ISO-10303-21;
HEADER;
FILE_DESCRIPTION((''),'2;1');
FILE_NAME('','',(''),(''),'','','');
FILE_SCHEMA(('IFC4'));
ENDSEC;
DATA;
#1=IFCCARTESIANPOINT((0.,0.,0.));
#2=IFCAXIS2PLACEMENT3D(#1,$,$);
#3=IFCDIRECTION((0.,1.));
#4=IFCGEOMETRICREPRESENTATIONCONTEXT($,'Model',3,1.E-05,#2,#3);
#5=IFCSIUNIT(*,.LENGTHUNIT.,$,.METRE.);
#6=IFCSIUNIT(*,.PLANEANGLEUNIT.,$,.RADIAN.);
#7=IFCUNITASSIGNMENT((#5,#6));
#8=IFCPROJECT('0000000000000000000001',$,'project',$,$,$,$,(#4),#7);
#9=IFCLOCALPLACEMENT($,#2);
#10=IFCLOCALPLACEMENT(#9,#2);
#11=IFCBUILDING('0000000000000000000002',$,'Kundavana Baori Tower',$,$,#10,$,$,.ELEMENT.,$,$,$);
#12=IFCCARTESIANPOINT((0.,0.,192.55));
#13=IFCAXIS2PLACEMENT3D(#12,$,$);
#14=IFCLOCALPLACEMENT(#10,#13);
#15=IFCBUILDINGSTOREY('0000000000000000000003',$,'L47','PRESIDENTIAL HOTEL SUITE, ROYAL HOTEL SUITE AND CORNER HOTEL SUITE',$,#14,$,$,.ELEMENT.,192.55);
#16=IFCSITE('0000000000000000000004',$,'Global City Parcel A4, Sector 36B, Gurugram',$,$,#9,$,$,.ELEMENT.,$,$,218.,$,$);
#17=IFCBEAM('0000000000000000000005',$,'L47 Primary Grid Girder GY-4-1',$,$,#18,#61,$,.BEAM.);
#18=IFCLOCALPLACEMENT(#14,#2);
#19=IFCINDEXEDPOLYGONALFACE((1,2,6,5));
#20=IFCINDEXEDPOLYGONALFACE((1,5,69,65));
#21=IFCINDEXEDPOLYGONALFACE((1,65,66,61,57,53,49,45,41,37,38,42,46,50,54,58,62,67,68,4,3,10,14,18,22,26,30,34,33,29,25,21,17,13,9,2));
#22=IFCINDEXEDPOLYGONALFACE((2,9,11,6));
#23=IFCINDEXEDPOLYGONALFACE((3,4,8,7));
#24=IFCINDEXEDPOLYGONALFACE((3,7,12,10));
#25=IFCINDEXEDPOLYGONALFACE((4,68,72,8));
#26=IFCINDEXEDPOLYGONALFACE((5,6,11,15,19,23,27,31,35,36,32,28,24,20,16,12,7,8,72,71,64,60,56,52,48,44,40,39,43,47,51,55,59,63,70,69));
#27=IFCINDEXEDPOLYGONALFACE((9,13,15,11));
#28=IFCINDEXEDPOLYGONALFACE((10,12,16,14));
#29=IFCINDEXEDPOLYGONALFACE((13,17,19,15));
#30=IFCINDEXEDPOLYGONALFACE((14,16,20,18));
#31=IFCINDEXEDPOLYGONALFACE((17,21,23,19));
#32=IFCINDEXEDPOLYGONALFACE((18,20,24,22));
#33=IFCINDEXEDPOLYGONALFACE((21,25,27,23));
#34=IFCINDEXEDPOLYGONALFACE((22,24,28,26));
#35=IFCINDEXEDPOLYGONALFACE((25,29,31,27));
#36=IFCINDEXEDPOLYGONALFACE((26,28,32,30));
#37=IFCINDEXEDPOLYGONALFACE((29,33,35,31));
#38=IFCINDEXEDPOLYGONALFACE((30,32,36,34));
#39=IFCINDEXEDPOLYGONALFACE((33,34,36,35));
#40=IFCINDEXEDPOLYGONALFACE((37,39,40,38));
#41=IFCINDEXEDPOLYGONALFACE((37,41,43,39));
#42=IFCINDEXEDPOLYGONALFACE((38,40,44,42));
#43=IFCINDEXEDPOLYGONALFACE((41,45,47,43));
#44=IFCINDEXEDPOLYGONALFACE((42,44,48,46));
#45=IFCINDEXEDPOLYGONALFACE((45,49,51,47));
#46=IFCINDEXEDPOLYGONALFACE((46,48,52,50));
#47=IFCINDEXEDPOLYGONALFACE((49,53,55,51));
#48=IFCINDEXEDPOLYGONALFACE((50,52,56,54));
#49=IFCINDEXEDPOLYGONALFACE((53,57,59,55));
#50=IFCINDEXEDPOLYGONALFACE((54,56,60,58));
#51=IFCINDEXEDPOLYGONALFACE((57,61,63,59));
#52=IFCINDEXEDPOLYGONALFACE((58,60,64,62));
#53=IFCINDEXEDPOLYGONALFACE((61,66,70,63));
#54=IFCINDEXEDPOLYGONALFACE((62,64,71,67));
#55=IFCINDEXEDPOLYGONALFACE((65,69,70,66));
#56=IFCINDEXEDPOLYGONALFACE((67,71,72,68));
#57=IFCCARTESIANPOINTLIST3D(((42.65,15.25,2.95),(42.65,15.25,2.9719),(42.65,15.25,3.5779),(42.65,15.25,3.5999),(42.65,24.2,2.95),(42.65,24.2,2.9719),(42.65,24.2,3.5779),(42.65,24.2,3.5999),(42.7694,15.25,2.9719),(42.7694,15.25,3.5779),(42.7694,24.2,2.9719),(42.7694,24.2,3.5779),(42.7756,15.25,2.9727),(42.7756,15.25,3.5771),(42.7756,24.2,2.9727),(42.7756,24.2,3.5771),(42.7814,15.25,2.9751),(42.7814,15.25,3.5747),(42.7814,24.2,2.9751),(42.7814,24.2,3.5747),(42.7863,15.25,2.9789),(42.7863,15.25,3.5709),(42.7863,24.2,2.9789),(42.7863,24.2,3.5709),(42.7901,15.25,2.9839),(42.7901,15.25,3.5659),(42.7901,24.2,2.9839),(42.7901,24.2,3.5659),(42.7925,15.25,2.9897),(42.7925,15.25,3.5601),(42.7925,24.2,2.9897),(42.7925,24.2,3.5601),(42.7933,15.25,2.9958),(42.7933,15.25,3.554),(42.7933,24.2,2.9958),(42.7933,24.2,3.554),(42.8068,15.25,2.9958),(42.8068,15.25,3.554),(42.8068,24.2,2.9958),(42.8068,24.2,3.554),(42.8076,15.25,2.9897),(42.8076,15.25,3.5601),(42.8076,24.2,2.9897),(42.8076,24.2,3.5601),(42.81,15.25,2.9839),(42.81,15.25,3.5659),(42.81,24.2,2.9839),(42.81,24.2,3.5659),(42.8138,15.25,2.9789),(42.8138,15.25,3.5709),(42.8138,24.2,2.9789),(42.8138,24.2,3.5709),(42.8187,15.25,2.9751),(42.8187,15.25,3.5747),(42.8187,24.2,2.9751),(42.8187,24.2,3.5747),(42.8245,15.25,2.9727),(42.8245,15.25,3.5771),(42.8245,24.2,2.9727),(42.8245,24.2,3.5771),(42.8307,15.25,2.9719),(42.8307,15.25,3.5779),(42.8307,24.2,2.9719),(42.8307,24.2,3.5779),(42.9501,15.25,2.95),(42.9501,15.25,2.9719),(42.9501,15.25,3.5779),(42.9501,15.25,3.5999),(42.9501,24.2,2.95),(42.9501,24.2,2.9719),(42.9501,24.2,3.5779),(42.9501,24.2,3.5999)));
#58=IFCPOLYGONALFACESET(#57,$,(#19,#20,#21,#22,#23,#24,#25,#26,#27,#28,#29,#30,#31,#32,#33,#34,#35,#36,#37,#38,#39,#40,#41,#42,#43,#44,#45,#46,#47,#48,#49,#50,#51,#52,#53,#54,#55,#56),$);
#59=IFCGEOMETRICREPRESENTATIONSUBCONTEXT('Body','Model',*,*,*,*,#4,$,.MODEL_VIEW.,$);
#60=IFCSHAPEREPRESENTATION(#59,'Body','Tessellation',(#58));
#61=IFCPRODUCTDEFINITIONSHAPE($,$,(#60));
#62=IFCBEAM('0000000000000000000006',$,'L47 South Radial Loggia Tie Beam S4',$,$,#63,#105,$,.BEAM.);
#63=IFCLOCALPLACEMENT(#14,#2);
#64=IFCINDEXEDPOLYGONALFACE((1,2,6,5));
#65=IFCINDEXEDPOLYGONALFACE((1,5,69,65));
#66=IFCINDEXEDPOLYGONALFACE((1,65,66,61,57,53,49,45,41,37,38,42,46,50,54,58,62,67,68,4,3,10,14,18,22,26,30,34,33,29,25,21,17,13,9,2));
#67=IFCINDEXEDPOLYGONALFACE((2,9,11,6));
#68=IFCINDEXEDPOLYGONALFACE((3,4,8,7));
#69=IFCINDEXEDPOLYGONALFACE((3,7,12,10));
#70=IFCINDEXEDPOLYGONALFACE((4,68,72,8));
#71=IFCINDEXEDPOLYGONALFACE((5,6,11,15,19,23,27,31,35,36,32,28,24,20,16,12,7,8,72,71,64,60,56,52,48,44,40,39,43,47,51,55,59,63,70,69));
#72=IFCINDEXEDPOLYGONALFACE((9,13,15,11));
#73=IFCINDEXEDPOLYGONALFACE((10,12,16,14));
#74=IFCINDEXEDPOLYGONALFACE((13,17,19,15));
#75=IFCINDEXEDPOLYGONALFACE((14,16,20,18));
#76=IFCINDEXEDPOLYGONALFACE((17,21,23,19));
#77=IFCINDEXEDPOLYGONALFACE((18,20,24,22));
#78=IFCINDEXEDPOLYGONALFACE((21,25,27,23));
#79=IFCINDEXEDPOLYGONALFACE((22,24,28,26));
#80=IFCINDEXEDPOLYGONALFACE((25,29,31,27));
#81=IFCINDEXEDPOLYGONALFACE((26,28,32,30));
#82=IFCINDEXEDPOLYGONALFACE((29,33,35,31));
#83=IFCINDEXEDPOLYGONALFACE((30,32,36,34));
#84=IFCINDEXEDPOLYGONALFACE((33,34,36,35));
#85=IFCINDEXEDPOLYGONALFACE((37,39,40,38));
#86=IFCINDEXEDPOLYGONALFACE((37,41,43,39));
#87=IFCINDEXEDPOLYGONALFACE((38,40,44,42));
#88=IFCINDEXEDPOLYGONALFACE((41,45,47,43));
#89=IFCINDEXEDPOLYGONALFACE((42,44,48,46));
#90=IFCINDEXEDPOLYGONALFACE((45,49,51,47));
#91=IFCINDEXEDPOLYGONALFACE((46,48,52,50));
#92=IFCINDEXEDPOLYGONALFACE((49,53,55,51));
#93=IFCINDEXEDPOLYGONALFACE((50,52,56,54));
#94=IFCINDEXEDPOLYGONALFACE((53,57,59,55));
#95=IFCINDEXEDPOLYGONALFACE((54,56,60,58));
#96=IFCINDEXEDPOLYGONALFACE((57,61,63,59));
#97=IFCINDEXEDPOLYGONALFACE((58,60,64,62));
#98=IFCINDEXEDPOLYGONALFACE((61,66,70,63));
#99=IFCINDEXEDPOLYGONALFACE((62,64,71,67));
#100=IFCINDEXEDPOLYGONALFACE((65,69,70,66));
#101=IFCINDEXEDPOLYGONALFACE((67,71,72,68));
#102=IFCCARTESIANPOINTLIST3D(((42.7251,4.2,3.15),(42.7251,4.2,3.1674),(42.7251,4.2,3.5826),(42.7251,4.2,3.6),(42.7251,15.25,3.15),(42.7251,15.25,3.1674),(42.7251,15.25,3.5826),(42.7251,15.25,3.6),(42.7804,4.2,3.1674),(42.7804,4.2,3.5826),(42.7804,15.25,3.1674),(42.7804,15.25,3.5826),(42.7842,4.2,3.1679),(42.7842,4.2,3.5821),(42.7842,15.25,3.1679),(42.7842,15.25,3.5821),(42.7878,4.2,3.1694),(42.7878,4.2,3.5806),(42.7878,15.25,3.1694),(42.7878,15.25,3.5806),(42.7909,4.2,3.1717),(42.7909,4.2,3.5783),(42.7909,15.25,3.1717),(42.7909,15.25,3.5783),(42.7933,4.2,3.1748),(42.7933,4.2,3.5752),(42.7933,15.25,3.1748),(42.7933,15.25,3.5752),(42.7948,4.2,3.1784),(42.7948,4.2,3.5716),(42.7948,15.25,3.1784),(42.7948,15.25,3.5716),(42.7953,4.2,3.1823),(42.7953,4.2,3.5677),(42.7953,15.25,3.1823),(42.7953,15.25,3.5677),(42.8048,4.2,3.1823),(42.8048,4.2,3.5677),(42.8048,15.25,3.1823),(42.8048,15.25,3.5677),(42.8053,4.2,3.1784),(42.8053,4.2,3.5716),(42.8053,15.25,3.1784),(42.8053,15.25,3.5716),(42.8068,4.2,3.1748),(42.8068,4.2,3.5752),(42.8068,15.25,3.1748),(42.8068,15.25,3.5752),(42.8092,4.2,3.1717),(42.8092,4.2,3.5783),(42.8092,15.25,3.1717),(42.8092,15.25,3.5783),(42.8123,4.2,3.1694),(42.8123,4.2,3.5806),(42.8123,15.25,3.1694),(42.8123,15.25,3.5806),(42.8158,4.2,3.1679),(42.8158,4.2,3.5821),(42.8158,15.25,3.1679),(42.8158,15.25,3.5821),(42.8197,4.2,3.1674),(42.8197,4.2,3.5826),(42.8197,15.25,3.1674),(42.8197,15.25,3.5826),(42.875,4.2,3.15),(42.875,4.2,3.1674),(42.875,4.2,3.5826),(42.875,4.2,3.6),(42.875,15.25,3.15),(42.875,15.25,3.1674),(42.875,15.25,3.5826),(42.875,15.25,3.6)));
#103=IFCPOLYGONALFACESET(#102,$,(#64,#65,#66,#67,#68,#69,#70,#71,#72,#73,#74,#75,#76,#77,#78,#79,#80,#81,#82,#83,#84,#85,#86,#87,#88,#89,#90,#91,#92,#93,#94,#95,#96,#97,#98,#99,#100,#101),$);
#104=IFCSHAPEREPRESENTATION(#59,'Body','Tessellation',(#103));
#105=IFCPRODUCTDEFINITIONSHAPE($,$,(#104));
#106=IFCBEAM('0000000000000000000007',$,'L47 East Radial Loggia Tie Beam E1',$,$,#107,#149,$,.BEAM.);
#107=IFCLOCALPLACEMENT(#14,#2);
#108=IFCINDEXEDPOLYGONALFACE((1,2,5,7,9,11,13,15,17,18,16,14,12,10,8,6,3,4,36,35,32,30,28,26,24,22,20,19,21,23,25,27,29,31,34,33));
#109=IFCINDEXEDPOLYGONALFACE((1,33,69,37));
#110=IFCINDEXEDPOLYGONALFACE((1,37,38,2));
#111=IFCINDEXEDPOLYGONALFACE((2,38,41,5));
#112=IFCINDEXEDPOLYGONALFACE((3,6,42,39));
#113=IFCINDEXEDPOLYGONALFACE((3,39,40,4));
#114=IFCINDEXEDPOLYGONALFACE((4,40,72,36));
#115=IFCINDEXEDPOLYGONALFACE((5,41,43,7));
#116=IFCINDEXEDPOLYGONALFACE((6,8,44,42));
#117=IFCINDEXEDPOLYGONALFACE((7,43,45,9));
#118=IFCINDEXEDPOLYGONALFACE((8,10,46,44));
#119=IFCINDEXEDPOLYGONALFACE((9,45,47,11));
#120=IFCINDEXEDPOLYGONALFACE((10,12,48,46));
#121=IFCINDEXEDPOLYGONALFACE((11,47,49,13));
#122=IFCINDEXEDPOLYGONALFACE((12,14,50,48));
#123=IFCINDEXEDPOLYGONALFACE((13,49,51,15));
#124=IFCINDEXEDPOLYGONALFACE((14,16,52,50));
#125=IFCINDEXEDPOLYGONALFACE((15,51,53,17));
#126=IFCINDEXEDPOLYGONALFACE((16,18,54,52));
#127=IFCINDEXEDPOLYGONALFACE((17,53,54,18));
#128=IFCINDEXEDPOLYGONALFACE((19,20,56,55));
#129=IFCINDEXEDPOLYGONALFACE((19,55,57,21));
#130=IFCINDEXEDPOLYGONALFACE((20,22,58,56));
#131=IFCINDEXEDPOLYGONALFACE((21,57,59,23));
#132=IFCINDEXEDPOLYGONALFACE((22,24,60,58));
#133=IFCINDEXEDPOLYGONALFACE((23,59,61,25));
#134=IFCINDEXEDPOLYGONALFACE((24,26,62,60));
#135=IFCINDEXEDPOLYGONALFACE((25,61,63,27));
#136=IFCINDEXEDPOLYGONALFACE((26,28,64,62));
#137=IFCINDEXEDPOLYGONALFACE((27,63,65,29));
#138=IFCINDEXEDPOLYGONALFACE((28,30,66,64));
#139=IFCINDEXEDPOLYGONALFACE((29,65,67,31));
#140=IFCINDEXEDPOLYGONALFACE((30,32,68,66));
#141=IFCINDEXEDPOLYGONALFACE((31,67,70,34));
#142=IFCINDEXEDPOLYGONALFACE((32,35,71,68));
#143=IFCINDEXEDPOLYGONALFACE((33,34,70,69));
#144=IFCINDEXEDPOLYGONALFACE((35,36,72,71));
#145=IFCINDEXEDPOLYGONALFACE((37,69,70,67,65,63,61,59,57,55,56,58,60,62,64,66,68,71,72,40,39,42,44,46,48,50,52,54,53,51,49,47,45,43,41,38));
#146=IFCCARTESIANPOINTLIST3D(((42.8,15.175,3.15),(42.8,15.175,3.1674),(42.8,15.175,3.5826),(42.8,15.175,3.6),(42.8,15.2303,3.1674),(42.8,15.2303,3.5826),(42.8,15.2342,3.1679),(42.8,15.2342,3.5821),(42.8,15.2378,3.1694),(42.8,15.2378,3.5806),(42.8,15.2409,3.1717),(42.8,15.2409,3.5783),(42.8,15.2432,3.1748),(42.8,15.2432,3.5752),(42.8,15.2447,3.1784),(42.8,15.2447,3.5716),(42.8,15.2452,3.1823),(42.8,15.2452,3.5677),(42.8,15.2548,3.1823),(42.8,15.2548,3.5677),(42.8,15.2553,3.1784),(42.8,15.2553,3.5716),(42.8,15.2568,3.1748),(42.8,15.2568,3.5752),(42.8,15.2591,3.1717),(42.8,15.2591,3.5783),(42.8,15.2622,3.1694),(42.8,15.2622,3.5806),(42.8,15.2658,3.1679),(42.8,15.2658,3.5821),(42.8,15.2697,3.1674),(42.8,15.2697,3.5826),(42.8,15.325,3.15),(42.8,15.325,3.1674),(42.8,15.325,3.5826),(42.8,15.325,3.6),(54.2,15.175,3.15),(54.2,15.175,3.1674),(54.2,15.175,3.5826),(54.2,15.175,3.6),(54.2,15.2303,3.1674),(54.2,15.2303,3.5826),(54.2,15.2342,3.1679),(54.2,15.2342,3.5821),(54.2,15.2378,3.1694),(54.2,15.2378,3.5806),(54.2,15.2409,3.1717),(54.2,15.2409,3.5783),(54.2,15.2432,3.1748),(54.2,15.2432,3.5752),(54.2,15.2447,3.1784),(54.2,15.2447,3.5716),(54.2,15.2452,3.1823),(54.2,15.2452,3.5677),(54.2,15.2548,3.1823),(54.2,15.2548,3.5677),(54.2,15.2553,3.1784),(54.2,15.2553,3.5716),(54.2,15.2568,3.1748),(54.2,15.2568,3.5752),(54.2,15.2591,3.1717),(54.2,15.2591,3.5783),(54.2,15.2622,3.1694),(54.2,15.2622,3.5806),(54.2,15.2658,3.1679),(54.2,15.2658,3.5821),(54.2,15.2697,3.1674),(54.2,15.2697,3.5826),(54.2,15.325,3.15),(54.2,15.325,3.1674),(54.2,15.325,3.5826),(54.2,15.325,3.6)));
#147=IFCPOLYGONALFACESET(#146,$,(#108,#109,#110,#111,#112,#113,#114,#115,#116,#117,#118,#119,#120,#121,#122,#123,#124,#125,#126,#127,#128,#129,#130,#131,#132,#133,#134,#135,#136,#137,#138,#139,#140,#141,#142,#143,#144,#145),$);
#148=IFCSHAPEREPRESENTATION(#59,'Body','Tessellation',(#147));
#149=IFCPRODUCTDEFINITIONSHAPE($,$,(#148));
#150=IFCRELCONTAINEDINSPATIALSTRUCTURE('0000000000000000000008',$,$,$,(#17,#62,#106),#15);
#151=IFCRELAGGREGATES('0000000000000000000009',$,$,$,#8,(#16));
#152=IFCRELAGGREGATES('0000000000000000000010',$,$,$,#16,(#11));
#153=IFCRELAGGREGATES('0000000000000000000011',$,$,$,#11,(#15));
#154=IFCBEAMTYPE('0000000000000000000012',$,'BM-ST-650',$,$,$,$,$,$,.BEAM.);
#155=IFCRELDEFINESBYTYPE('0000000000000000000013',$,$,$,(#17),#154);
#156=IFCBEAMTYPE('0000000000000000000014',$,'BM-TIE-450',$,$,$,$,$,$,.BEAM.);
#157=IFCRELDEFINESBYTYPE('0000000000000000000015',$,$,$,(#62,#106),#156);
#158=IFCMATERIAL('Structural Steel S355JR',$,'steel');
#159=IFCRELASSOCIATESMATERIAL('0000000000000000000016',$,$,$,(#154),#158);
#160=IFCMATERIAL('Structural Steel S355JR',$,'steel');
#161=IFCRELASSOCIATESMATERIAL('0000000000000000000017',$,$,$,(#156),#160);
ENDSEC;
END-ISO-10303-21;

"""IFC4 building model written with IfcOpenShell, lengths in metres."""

from ifc_helpers import new_model, si_unit, direction, frame, origin, origin_2d, place, context, subcontext, project, spatial, i_section, extrude, material, material_profile, profile_set, type_object, element, save


model = new_model("IFC4")

# Units and contexts
model_context = context("Model", 3, precision=1e-05, world=origin(), true_north=direction((0.0, 1.0)))
body_context = subcontext(model_context, "Body", "Model", "MODEL_VIEW")
ifc_project = project(units=[si_unit("LENGTHUNIT", "METRE"), si_unit("PLANEANGLEUNIT", "RADIAN")], contexts=[model_context])

# Site, building, storey
site_placement = place(None, origin())
site = spatial("IfcSite", under=ifc_project, at=site_placement, Name="Global City Parcel A4, Sector 36B, Gurugram", CompositionType="ELEMENT", RefElevation=218.0)
building_placement = place(site_placement, origin())
building = spatial("IfcBuilding", under=site, at=building_placement, Name="Kundavana Baori Tower", CompositionType="ELEMENT")
storey_placement = place(building_placement, frame((0.0, 0.0, 192.55)))
storey = spatial("IfcBuildingStorey", under=building, at=storey_placement, Name="L47", Description="PRESIDENTIAL HOTEL SUITE, ROYAL HOTEL SUITE AND CORNER HOTEL SUITE", CompositionType="ELEMENT", Elevation=192.55)

# Beams
ifc_material_1 = material(Name="Structural Steel S355JR", Category="steel")
ifc_material_profile_1 = material_profile(ifc_material_1, i_section(OverallWidth=0.3, OverallDepth=0.6499, WebThickness=0.0134, FlangeThickness=0.022, FilletRadius=0.0239, at=origin_2d()), Name="NPB 650x300x155")
ifc_profile_set_1 = profile_set([ifc_material_profile_1], Name="Structural Steel S355JR")
beam_type_1 = type_object("IfcBeamType", Name="BM-ST-650", PredefinedType="BEAM", material=ifc_profile_set_1)
beam_1_placement = place(storey_placement, frame((42.8, 15.25, 3.2749), z_axis=(0.0, 1.0, 0.0), x_axis=(-1.0, 0.0, 0.0)))
element("IfcBeam", 1, at=beam_1_placement, inside=storey, type_object=beam_type_1, Name="L47 Primary Grid Girder GY-4-1", PredefinedType="BEAM", context=body_context, shape_type="SweptSolid", body=[
    extrude(i_section(OverallWidth=0.3, OverallDepth=0.6499, WebThickness=0.0134, FlangeThickness=0.022, FilletRadius=0.0239, at=origin_2d()), origin(), (0.0, 0.0, 1.0), 8.95),
])
ifc_material_2 = material(Name="Structural Steel S355JR", Category="steel")
ifc_material_profile_2 = material_profile(ifc_material_2, i_section(OverallWidth=0.1499, OverallDepth=0.45, WebThickness=0.0095, FlangeThickness=0.0173, FilletRadius=0.0149, at=origin_2d()), Name="ISMB 450")
ifc_profile_set_2 = profile_set([ifc_material_profile_2], Name="Structural Steel S355JR")
beam_type_2 = type_object("IfcBeamType", Name="BM-TIE-450", PredefinedType="BEAM", material=ifc_profile_set_2)
beam_2_placement = place(storey_placement, frame((42.8, 15.25, 3.375), z_axis=(0.0, -1.0, 0.0), x_axis=(1.0, 0.0, 0.0)))
element("IfcBeam", 2, at=beam_2_placement, inside=storey, type_object=beam_type_2, Name="L47 South Radial Loggia Tie Beam S4", PredefinedType="BEAM", context=body_context, shape_type="SweptSolid", body=[
    extrude(i_section(OverallWidth=0.1499, OverallDepth=0.45, WebThickness=0.0095, FlangeThickness=0.0173, FilletRadius=0.0149, at=origin_2d()), origin(), (0.0, 0.0, 1.0), 11.05),
])
beam_3_placement = place(storey_placement, frame((42.8, 15.25, 3.375), z_axis=(1.0, 0.0, 0.0), x_axis=(0.0, 1.0, 0.0)))
element("IfcBeam", 3, at=beam_3_placement, inside=storey, type_object=beam_type_2, Name="L47 East Radial Loggia Tie Beam E1", PredefinedType="BEAM", context=body_context, shape_type="SweptSolid", body=[
    extrude(i_section(OverallWidth=0.1499, OverallDepth=0.45, WebThickness=0.0095, FlangeThickness=0.0173, FilletRadius=0.0149, at=origin_2d()), origin(), (0.0, 0.0, 1.0), 11.3999),
])

save(model, "model.ifc")
